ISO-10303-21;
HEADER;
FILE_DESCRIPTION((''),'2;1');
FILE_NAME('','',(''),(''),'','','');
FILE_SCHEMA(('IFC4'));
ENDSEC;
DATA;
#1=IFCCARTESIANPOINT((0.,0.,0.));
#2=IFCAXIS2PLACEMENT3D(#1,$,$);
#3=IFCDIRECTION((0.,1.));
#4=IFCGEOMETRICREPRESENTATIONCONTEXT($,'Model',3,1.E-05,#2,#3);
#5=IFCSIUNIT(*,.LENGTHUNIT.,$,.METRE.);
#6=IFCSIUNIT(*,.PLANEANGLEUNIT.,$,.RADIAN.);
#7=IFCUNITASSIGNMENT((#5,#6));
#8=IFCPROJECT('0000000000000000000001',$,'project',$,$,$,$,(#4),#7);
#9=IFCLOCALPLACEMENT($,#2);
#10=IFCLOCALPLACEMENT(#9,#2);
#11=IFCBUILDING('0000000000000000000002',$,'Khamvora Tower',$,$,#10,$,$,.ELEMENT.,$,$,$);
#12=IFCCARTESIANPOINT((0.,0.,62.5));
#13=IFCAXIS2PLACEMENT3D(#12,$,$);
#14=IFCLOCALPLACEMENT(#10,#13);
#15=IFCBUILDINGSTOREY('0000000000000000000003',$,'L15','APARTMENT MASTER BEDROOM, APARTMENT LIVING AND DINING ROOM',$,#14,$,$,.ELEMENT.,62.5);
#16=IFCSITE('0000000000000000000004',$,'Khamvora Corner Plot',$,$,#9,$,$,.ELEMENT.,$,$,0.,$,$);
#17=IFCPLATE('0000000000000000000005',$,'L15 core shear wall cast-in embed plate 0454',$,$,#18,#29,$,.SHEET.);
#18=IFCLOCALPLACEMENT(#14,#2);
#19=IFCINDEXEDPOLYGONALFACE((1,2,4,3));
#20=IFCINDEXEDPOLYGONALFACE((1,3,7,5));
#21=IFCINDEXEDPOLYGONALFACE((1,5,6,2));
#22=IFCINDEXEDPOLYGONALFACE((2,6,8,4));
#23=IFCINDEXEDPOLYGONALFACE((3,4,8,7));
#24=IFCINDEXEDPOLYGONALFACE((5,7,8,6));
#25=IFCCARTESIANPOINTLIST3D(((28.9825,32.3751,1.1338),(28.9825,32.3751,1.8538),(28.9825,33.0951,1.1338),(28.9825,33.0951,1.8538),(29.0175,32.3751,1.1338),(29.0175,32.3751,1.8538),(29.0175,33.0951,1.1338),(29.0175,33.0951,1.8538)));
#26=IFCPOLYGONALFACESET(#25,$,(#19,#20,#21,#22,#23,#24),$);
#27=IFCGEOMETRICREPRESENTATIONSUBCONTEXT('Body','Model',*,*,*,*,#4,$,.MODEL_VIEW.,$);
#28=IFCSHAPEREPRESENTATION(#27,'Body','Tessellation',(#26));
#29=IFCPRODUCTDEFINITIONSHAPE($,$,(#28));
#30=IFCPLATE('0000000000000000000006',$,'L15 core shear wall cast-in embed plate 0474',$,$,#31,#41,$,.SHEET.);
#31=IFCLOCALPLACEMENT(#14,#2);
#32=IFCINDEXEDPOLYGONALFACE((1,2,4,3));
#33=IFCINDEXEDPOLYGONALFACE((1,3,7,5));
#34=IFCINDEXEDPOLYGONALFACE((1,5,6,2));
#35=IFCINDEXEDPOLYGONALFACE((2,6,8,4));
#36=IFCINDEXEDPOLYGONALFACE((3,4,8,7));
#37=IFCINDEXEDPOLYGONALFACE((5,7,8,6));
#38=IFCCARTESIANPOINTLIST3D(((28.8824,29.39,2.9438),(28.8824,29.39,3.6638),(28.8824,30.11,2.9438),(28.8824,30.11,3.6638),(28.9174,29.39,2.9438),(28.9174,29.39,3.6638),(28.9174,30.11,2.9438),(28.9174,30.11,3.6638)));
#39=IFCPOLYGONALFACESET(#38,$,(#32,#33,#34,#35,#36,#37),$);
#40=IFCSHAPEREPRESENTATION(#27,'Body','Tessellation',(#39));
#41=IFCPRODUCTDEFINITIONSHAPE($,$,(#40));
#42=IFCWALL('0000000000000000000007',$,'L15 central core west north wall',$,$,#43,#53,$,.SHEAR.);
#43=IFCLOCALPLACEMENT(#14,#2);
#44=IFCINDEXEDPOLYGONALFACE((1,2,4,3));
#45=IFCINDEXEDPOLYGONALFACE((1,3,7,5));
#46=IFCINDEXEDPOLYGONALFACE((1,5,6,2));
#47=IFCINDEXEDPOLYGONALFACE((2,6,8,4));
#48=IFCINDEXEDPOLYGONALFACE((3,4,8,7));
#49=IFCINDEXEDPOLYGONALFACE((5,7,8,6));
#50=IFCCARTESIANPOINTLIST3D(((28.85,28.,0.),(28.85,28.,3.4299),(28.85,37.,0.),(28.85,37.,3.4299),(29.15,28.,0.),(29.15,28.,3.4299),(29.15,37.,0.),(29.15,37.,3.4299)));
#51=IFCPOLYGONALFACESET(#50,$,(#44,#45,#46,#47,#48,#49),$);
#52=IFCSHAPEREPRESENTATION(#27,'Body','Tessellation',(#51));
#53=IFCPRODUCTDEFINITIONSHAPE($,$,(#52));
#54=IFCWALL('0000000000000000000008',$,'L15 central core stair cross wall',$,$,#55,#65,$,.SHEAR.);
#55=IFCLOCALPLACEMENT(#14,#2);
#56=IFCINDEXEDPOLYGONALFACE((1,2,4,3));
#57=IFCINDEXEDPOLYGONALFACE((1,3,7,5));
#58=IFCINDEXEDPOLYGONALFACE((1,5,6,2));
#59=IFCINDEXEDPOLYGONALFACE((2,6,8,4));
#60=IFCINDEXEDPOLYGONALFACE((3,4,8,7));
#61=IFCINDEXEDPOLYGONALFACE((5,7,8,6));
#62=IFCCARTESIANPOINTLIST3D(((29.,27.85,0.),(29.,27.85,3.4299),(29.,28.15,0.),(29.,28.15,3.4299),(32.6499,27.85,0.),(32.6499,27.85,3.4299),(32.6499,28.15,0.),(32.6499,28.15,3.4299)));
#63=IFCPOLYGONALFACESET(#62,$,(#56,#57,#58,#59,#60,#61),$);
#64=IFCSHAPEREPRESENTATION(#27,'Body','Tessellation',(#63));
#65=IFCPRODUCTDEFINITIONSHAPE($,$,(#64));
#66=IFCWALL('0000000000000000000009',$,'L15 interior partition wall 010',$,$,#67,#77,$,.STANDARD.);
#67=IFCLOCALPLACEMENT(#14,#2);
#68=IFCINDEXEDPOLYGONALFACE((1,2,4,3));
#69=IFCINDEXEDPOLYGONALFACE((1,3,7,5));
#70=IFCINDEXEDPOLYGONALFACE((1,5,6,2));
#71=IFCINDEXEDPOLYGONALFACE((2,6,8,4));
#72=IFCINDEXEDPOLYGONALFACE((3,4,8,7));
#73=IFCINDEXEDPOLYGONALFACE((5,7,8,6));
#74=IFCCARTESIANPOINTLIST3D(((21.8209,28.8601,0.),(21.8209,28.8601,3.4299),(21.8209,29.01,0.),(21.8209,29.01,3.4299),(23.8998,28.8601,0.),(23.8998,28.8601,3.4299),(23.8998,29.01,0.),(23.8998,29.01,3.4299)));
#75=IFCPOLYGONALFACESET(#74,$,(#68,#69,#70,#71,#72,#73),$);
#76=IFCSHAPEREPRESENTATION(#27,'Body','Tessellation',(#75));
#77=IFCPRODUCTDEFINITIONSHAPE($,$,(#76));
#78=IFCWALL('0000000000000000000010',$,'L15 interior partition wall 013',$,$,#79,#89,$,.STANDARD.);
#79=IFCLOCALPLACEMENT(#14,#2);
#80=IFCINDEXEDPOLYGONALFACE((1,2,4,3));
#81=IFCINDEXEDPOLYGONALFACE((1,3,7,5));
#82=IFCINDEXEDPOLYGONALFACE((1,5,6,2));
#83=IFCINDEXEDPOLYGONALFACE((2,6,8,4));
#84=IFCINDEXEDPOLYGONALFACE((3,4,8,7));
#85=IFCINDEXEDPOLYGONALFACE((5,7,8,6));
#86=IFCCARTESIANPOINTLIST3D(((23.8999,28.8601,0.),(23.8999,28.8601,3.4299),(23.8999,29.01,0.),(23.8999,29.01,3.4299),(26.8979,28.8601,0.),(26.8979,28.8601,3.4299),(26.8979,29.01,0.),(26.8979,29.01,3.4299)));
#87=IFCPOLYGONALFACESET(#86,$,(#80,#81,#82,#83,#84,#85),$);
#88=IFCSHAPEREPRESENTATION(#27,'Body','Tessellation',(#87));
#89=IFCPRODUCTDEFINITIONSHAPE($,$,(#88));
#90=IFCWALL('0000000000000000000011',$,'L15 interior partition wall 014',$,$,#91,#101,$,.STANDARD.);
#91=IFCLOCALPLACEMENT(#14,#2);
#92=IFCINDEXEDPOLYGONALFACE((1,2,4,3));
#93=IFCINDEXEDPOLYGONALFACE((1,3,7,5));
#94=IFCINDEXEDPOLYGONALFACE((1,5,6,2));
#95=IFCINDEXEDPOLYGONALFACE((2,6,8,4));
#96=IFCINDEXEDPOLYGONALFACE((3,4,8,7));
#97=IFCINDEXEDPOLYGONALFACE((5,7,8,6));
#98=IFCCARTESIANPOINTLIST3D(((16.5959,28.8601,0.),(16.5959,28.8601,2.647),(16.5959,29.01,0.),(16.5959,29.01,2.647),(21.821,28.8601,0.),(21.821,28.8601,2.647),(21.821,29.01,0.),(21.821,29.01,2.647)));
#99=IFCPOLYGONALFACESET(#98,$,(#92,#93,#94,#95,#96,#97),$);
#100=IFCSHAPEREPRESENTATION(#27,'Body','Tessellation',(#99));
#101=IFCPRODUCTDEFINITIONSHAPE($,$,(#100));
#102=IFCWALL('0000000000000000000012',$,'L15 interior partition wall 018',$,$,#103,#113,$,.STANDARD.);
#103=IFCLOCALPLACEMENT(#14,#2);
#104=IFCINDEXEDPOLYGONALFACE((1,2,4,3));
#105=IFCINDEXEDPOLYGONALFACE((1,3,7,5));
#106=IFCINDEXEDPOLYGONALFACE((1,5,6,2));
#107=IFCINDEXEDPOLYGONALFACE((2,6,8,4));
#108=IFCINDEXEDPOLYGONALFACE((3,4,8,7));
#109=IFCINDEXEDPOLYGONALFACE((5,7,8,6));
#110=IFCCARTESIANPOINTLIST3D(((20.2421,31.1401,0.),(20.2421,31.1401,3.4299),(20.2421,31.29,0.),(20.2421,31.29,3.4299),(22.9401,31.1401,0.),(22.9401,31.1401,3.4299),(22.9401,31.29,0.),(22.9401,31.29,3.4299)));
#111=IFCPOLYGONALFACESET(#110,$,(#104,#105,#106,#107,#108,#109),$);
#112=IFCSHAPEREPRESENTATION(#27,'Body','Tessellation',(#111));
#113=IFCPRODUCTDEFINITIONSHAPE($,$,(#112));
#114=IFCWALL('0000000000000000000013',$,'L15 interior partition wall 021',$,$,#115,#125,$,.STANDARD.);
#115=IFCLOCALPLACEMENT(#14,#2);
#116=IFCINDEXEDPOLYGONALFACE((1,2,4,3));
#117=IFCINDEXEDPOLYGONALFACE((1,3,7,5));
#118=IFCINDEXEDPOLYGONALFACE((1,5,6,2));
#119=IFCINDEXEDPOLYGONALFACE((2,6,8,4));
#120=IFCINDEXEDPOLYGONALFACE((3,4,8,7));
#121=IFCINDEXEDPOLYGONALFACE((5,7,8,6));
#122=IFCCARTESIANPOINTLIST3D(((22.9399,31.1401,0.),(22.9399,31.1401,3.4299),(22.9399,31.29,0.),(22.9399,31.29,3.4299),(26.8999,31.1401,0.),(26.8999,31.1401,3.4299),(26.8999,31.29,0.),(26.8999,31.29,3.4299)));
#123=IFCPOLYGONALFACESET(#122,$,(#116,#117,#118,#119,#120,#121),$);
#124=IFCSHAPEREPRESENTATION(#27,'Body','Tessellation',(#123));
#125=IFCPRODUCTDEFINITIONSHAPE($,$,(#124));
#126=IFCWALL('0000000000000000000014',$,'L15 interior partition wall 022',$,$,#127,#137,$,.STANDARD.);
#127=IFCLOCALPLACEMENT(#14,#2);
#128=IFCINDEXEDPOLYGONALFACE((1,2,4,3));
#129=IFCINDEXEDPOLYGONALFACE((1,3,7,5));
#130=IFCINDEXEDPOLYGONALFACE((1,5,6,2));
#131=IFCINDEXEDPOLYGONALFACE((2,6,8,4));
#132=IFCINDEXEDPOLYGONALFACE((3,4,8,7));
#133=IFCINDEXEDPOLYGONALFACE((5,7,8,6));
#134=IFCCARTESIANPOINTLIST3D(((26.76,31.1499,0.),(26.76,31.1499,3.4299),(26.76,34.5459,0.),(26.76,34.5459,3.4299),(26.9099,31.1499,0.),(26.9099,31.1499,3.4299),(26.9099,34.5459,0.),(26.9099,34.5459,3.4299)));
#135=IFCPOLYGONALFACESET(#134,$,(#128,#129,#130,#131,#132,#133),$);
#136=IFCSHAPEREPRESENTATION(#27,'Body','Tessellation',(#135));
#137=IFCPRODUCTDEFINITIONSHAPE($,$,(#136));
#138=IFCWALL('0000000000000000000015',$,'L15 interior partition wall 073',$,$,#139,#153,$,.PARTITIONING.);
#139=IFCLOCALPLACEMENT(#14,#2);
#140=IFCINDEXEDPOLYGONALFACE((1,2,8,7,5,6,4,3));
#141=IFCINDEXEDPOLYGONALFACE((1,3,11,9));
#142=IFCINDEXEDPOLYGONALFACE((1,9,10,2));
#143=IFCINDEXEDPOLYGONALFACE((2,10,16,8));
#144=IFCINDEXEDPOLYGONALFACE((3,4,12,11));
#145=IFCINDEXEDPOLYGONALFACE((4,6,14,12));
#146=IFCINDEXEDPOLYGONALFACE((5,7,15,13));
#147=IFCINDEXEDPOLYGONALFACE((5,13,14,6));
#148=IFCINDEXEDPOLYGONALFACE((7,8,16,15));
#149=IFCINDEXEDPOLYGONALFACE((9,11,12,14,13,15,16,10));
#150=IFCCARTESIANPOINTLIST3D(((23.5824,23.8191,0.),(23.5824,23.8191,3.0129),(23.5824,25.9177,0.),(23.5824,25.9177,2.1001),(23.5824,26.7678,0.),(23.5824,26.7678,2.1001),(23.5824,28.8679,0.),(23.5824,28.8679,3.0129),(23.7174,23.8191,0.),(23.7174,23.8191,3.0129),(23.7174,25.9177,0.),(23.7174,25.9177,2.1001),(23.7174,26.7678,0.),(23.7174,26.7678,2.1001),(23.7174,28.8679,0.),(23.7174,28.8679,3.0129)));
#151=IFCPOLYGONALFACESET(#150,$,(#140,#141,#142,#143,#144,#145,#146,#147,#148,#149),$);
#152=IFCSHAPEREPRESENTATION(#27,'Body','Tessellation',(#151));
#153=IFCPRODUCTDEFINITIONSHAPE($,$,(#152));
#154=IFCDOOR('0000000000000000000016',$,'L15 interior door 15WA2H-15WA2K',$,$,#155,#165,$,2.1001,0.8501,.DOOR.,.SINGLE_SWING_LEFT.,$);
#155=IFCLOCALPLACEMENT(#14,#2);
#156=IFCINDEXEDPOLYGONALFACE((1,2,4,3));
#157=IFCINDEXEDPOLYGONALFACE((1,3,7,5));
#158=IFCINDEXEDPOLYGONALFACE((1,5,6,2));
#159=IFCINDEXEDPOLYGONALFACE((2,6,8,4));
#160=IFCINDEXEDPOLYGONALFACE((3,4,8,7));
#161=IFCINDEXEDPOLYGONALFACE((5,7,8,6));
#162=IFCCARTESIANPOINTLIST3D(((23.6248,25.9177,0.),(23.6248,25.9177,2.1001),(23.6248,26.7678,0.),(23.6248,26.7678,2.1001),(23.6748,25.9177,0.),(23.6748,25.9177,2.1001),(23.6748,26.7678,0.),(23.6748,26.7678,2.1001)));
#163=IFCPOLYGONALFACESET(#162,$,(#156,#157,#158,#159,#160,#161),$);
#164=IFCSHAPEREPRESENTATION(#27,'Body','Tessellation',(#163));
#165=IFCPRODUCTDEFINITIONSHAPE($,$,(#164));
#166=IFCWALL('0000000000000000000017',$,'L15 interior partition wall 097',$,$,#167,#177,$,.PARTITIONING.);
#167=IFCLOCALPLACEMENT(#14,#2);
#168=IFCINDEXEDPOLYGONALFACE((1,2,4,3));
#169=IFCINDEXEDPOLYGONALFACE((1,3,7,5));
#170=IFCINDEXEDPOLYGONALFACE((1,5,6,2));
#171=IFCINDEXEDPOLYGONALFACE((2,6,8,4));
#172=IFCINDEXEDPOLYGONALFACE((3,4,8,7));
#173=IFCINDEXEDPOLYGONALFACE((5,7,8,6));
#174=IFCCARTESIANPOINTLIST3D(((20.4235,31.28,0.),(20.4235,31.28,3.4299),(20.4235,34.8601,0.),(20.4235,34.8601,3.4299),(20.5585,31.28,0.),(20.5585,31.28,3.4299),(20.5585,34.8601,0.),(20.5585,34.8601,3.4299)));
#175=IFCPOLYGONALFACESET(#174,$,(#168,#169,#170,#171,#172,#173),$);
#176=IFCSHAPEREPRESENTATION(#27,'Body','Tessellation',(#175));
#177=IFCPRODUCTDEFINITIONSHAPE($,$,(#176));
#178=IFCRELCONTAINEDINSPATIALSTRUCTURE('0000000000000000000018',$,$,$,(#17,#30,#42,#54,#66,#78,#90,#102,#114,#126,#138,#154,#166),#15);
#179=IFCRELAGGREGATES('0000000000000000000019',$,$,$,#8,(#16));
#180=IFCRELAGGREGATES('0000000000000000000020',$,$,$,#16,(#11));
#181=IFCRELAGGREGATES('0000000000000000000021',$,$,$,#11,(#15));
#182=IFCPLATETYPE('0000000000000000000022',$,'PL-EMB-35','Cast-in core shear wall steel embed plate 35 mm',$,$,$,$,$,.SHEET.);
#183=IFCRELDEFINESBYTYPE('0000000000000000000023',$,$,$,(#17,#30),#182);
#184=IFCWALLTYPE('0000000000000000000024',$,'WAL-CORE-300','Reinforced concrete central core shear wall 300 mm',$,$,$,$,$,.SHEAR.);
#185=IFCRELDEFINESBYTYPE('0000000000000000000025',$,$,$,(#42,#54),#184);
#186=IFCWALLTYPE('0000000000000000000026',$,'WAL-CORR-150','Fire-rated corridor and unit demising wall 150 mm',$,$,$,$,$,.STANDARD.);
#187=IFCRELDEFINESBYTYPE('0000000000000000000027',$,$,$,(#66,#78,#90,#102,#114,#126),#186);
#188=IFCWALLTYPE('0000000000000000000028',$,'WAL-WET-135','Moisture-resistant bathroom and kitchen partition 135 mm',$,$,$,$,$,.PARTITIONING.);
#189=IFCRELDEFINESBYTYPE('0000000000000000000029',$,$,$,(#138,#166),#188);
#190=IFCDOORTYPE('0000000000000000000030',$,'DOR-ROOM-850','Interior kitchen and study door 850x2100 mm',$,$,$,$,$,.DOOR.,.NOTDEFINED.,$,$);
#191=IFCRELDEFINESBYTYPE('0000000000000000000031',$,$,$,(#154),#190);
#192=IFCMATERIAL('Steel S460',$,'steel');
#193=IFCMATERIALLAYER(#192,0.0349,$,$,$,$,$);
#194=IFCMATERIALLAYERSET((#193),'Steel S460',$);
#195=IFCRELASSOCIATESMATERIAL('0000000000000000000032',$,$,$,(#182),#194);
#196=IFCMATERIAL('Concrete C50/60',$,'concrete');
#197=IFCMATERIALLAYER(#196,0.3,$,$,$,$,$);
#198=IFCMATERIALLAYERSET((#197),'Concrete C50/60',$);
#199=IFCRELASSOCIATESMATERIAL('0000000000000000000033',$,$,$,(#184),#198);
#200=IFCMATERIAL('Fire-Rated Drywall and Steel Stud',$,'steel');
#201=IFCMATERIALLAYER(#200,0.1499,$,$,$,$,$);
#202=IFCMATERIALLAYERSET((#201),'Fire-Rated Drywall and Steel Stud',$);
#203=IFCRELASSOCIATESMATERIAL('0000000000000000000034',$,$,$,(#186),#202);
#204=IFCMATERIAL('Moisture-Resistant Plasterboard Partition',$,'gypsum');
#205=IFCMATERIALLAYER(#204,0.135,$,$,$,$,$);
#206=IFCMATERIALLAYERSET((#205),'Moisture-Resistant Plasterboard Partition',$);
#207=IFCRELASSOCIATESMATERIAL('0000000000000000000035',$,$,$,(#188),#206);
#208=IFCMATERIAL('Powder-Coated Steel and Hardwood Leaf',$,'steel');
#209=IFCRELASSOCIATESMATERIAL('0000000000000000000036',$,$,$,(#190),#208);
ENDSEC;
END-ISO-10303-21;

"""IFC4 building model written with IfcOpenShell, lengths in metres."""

from ifc_helpers import new_model, si_unit, direction, frame, frame_2d, origin, origin_2d, place, context, subcontext, project, spatial, rectangle, extrude, material, layer, layer_set, type_object, element, fill, save


model = new_model("IFC4")

# Units and contexts
model_context = context("Model", 3, precision=1e-05, world=origin(), true_north=direction((0.0, 1.0)))
body_context = subcontext(model_context, "Body", "Model", "MODEL_VIEW")
ifc_project = project(units=[si_unit("LENGTHUNIT", "METRE"), si_unit("PLANEANGLEUNIT", "RADIAN")], contexts=[model_context])

# Site, building, storey
site_placement = place(None, origin())
site = spatial("IfcSite", under=ifc_project, at=site_placement, Name="Khamvora Corner Plot", CompositionType="ELEMENT", RefElevation=0.0)
building_placement = place(site_placement, origin())
building = spatial("IfcBuilding", under=site, at=building_placement, Name="Khamvora Tower", CompositionType="ELEMENT")
storey_placement = place(building_placement, frame((0.0, 0.0, 62.5)))
storey = spatial("IfcBuildingStorey", under=building, at=storey_placement, Name="L15", Description="APARTMENT MASTER BEDROOM, APARTMENT LIVING AND DINING ROOM", CompositionType="ELEMENT", Elevation=62.5)

# Plates
ifc_material_1 = material(Name="Steel S460", Category="steel")
ifc_layer_1 = layer(ifc_material_1, 0.0349)
ifc_layer_set_1 = layer_set([ifc_layer_1], Name="Steel S460")
plate_type = type_object("IfcPlateType", Name="PL-EMB-35", Description="Cast-in core shear wall steel embed plate 35 mm", PredefinedType="SHEET", material=ifc_layer_set_1)
for number, where, z_axis, x_axis, name in (
    (1, (29.0, 32.7351, 1.1338), (0.0, 0.0, 1.0), (1.0, 0.0, 0.0), "L15 core shear wall cast-in embed plate 0454"),
    (2, (28.8999, 29.75, 2.9438), (0.0, 0.0, 1.0), (1.0, 0.0, 0.0), "L15 core shear wall cast-in embed plate 0474"),
):
    element("IfcPlate", number, at=place(storey_placement, frame(where, z_axis=z_axis, x_axis=x_axis)), inside=storey, type_object=plate_type, Name=name, PredefinedType="SHEET", context=body_context, shape_type="SweptSolid", body=[
        extrude(rectangle(XDim=0.0349, YDim=0.72, at=origin_2d()), origin(), (0.0, 0.0, 1.0), 0.72),
    ])

# Walls
ifc_material_2 = material(Name="Concrete C50/60", Category="concrete")
ifc_layer_2 = layer(ifc_material_2, 0.3)
ifc_layer_set_2 = layer_set([ifc_layer_2], Name="Concrete C50/60")
wall_type_1 = type_object("IfcWallType", Name="WAL-CORE-300", Description="Reinforced concrete central core shear wall 300 mm", PredefinedType="SHEAR", material=ifc_layer_set_2)
wall_1_placement = place(storey_placement, frame((29.0, 28.0, 0.0), z_axis=(0.0, 0.0, 1.0), x_axis=(0.0, 1.0, 0.0)))
element("IfcWall", 3, at=wall_1_placement, inside=storey, type_object=wall_type_1, Name="L15 central core west north wall", PredefinedType="SHEAR", context=body_context, shape_type="SweptSolid", body=[
    extrude(rectangle(XDim=9.0, YDim=0.3, at=frame_2d((4.5, 0.0))), origin(), (0.0, 0.0, 1.0), 3.4299),
])
wall_2_placement = place(storey_placement, frame((29.0, 28.0, 0.0), z_axis=(0.0, 0.0, 1.0), x_axis=(1.0, 0.0, 0.0)))
element("IfcWall", 4, at=wall_2_placement, inside=storey, type_object=wall_type_1, Name="L15 central core stair cross wall", PredefinedType="SHEAR", context=body_context, shape_type="SweptSolid", body=[
    extrude(rectangle(XDim=3.6499, YDim=0.3, at=frame_2d((1.825, 0.0))), origin(), (0.0, 0.0, 1.0), 3.4299),
])
ifc_material_3 = material(Name="Fire-Rated Drywall and Steel Stud", Category="steel")
ifc_layer_3 = layer(ifc_material_3, 0.1499)
ifc_layer_set_3 = layer_set([ifc_layer_3], Name="Fire-Rated Drywall and Steel Stud")
wall_type_2 = type_object("IfcWallType", Name="WAL-CORR-150", Description="Fire-rated corridor and unit demising wall 150 mm", PredefinedType="STANDARD", material=ifc_layer_set_3)
wall_3_placement = place(storey_placement, frame((23.8999, 28.9351, 0.0), z_axis=(0.0, 0.0, 1.0), x_axis=(-1.0, 0.0, 0.0)))
element("IfcWall", 5, at=wall_3_placement, inside=storey, type_object=wall_type_2, Name="L15 interior partition wall 010", PredefinedType="STANDARD", context=body_context, shape_type="SweptSolid", body=[
    extrude(rectangle(XDim=2.0789, YDim=0.1499, at=frame_2d((1.0396, 0.0))), origin(), (0.0, 0.0, 1.0), 3.4299),
])
wall_4_placement = place(storey_placement, frame((26.8979, 28.9351, 0.0), z_axis=(0.0, 0.0, 1.0), x_axis=(-1.0, 0.0, 0.0)))
element("IfcWall", 6, at=wall_4_placement, inside=storey, type_object=wall_type_2, Name="L15 interior partition wall 013", PredefinedType="STANDARD", context=body_context, shape_type="SweptSolid", body=[
    extrude(rectangle(XDim=2.998, YDim=0.1499, at=frame_2d((1.499, 0.0))), origin(), (0.0, 0.0, 1.0), 3.4299),
])
wall_5_placement = place(storey_placement, frame((21.821, 28.9351, 0.0), z_axis=(0.0, 0.0, 1.0), x_axis=(-1.0, 0.0, 0.0)))
element("IfcWall", 7, at=wall_5_placement, inside=storey, type_object=wall_type_2, Name="L15 interior partition wall 014", PredefinedType="STANDARD", context=body_context, shape_type="SweptSolid", body=[
    extrude(rectangle(XDim=5.2251, YDim=0.1499, at=frame_2d((2.6125, 0.0))), origin(), (0.0, 0.0, 1.0), 2.647),
])
wall_6_placement = place(storey_placement, frame((20.2419, 31.2151, 0.0), z_axis=(0.0, 0.0, 1.0), x_axis=(1.0, 0.0, 0.0)))
element("IfcWall", 8, at=wall_6_placement, inside=storey, type_object=wall_type_2, Name="L15 interior partition wall 018", PredefinedType="STANDARD", context=body_context, shape_type="SweptSolid", body=[
    extrude(rectangle(XDim=2.698, YDim=0.1499, at=frame_2d((1.3491, 0.0))), origin(), (0.0, 0.0, 1.0), 3.4299),
])

# Shared definitions
ifc_material_4 = material(Name="Powder-Coated Steel and Hardwood Leaf", Category="steel")

# Walls
wall_7_placement = place(storey_placement, frame((22.9399, 31.2151, 0.0), z_axis=(0.0, 0.0, 1.0), x_axis=(1.0, 0.0, 0.0)))
element("IfcWall", 9, at=wall_7_placement, inside=storey, type_object=wall_type_2, Name="L15 interior partition wall 021", PredefinedType="STANDARD", context=body_context, shape_type="SweptSolid", body=[
    extrude(rectangle(XDim=3.96, YDim=0.1499, at=frame_2d((1.98, 0.0))), origin(), (0.0, 0.0, 1.0), 3.4299),
])
wall_8_placement = place(storey_placement, frame((26.835, 31.1499, 0.0), z_axis=(0.0, 0.0, 1.0), x_axis=(0.0, 1.0, 0.0)))
element("IfcWall", 10, at=wall_8_placement, inside=storey, type_object=wall_type_2, Name="L15 interior partition wall 022", PredefinedType="STANDARD", context=body_context, shape_type="SweptSolid", body=[
    extrude(rectangle(XDim=3.396, YDim=0.1499, at=frame_2d((1.698, 0.0))), origin(), (0.0, 0.0, 1.0), 3.4299),
])

# Wall, opening, door
ifc_material_5 = material(Name="Moisture-Resistant Plasterboard Partition", Category="gypsum")
ifc_layer_4 = layer(ifc_material_5, 0.135)
ifc_layer_set_4 = layer_set([ifc_layer_4], Name="Moisture-Resistant Plasterboard Partition")
wall_type_3 = type_object("IfcWallType", Name="WAL-WET-135", Description="Moisture-resistant bathroom and kitchen partition 135 mm", PredefinedType="PARTITIONING", material=ifc_layer_set_4)
wall_9_placement = place(storey_placement, frame((23.6499, 28.8679, 0.0), z_axis=(0.0, 0.0, 1.0), x_axis=(0.0, -1.0, 0.0)))
wall_9 = element("IfcWall", 11, at=wall_9_placement, inside=storey, type_object=wall_type_3, Name="L15 interior partition wall 073", PredefinedType="PARTITIONING", context=body_context, shape_type="SweptSolid", body=[
    extrude(rectangle(XDim=5.0488, YDim=0.135, at=frame_2d((2.5244, 0.0))), origin(), (0.0, 0.0, 1.0), 3.0129),
])
opening_1_placement = place(wall_9_placement, frame((2.1001, 0.0, 0.0)))
opening_1 = element("IfcOpeningElement", 12, at=opening_1_placement, cuts=wall_9, PredefinedType="OPENING", context=body_context, shape_type="SweptSolid", body=[
    extrude(rectangle(XDim=0.8501, YDim=2.1001, at=frame_2d((0.425, 1.05))), frame((0.0, 0.0774, 0.0), z_axis=(0.0, -1.0, 0.0), x_axis=(1.0, 0.0, 0.0)), (0.0, 0.0, 1.0), 0.155),
])
door_type_1 = type_object("IfcDoorType", Name="DOR-ROOM-850", Description="Interior kitchen and study door 850x2100 mm", OperationType="NOTDEFINED", PredefinedType="DOOR", material=ifc_material_4)
door_1_placement = place(opening_1_placement, origin())
door_1 = element("IfcDoor", 13, at=door_1_placement, inside=storey, type_object=door_type_1, Name="L15 interior door 15WA2H-15WA2K", OperationType="SINGLE_SWING_LEFT", OverallHeight=2.1001, OverallWidth=0.8501, PredefinedType="DOOR", context=body_context, shape_type="SweptSolid", body=[
    extrude(rectangle(XDim=0.8501, YDim=2.1001, at=frame_2d((0.425, 1.05))), frame((0.0, 0.0249, 0.0), z_axis=(0.0, -1.0, 0.0), x_axis=(1.0, 0.0, 0.0)), (0.0, 0.0, 1.0), 0.05),
])
fill(opening_1, door_1)

# Wall
wall_10_placement = place(storey_placement, frame((20.491, 31.28, 0.0), z_axis=(0.0, 0.0, 1.0), x_axis=(0.0, 1.0, 0.0)))
element("IfcWall", 14, at=wall_10_placement, inside=storey, type_object=wall_type_3, Name="L15 interior partition wall 097", PredefinedType="PARTITIONING", context=body_context, shape_type="SweptSolid", body=[
    extrude(rectangle(XDim=3.5801, YDim=0.135, at=frame_2d((1.79, 0.0))), origin(), (0.0, 0.0, 1.0), 3.4299),
])

save(model, "model.ifc")
